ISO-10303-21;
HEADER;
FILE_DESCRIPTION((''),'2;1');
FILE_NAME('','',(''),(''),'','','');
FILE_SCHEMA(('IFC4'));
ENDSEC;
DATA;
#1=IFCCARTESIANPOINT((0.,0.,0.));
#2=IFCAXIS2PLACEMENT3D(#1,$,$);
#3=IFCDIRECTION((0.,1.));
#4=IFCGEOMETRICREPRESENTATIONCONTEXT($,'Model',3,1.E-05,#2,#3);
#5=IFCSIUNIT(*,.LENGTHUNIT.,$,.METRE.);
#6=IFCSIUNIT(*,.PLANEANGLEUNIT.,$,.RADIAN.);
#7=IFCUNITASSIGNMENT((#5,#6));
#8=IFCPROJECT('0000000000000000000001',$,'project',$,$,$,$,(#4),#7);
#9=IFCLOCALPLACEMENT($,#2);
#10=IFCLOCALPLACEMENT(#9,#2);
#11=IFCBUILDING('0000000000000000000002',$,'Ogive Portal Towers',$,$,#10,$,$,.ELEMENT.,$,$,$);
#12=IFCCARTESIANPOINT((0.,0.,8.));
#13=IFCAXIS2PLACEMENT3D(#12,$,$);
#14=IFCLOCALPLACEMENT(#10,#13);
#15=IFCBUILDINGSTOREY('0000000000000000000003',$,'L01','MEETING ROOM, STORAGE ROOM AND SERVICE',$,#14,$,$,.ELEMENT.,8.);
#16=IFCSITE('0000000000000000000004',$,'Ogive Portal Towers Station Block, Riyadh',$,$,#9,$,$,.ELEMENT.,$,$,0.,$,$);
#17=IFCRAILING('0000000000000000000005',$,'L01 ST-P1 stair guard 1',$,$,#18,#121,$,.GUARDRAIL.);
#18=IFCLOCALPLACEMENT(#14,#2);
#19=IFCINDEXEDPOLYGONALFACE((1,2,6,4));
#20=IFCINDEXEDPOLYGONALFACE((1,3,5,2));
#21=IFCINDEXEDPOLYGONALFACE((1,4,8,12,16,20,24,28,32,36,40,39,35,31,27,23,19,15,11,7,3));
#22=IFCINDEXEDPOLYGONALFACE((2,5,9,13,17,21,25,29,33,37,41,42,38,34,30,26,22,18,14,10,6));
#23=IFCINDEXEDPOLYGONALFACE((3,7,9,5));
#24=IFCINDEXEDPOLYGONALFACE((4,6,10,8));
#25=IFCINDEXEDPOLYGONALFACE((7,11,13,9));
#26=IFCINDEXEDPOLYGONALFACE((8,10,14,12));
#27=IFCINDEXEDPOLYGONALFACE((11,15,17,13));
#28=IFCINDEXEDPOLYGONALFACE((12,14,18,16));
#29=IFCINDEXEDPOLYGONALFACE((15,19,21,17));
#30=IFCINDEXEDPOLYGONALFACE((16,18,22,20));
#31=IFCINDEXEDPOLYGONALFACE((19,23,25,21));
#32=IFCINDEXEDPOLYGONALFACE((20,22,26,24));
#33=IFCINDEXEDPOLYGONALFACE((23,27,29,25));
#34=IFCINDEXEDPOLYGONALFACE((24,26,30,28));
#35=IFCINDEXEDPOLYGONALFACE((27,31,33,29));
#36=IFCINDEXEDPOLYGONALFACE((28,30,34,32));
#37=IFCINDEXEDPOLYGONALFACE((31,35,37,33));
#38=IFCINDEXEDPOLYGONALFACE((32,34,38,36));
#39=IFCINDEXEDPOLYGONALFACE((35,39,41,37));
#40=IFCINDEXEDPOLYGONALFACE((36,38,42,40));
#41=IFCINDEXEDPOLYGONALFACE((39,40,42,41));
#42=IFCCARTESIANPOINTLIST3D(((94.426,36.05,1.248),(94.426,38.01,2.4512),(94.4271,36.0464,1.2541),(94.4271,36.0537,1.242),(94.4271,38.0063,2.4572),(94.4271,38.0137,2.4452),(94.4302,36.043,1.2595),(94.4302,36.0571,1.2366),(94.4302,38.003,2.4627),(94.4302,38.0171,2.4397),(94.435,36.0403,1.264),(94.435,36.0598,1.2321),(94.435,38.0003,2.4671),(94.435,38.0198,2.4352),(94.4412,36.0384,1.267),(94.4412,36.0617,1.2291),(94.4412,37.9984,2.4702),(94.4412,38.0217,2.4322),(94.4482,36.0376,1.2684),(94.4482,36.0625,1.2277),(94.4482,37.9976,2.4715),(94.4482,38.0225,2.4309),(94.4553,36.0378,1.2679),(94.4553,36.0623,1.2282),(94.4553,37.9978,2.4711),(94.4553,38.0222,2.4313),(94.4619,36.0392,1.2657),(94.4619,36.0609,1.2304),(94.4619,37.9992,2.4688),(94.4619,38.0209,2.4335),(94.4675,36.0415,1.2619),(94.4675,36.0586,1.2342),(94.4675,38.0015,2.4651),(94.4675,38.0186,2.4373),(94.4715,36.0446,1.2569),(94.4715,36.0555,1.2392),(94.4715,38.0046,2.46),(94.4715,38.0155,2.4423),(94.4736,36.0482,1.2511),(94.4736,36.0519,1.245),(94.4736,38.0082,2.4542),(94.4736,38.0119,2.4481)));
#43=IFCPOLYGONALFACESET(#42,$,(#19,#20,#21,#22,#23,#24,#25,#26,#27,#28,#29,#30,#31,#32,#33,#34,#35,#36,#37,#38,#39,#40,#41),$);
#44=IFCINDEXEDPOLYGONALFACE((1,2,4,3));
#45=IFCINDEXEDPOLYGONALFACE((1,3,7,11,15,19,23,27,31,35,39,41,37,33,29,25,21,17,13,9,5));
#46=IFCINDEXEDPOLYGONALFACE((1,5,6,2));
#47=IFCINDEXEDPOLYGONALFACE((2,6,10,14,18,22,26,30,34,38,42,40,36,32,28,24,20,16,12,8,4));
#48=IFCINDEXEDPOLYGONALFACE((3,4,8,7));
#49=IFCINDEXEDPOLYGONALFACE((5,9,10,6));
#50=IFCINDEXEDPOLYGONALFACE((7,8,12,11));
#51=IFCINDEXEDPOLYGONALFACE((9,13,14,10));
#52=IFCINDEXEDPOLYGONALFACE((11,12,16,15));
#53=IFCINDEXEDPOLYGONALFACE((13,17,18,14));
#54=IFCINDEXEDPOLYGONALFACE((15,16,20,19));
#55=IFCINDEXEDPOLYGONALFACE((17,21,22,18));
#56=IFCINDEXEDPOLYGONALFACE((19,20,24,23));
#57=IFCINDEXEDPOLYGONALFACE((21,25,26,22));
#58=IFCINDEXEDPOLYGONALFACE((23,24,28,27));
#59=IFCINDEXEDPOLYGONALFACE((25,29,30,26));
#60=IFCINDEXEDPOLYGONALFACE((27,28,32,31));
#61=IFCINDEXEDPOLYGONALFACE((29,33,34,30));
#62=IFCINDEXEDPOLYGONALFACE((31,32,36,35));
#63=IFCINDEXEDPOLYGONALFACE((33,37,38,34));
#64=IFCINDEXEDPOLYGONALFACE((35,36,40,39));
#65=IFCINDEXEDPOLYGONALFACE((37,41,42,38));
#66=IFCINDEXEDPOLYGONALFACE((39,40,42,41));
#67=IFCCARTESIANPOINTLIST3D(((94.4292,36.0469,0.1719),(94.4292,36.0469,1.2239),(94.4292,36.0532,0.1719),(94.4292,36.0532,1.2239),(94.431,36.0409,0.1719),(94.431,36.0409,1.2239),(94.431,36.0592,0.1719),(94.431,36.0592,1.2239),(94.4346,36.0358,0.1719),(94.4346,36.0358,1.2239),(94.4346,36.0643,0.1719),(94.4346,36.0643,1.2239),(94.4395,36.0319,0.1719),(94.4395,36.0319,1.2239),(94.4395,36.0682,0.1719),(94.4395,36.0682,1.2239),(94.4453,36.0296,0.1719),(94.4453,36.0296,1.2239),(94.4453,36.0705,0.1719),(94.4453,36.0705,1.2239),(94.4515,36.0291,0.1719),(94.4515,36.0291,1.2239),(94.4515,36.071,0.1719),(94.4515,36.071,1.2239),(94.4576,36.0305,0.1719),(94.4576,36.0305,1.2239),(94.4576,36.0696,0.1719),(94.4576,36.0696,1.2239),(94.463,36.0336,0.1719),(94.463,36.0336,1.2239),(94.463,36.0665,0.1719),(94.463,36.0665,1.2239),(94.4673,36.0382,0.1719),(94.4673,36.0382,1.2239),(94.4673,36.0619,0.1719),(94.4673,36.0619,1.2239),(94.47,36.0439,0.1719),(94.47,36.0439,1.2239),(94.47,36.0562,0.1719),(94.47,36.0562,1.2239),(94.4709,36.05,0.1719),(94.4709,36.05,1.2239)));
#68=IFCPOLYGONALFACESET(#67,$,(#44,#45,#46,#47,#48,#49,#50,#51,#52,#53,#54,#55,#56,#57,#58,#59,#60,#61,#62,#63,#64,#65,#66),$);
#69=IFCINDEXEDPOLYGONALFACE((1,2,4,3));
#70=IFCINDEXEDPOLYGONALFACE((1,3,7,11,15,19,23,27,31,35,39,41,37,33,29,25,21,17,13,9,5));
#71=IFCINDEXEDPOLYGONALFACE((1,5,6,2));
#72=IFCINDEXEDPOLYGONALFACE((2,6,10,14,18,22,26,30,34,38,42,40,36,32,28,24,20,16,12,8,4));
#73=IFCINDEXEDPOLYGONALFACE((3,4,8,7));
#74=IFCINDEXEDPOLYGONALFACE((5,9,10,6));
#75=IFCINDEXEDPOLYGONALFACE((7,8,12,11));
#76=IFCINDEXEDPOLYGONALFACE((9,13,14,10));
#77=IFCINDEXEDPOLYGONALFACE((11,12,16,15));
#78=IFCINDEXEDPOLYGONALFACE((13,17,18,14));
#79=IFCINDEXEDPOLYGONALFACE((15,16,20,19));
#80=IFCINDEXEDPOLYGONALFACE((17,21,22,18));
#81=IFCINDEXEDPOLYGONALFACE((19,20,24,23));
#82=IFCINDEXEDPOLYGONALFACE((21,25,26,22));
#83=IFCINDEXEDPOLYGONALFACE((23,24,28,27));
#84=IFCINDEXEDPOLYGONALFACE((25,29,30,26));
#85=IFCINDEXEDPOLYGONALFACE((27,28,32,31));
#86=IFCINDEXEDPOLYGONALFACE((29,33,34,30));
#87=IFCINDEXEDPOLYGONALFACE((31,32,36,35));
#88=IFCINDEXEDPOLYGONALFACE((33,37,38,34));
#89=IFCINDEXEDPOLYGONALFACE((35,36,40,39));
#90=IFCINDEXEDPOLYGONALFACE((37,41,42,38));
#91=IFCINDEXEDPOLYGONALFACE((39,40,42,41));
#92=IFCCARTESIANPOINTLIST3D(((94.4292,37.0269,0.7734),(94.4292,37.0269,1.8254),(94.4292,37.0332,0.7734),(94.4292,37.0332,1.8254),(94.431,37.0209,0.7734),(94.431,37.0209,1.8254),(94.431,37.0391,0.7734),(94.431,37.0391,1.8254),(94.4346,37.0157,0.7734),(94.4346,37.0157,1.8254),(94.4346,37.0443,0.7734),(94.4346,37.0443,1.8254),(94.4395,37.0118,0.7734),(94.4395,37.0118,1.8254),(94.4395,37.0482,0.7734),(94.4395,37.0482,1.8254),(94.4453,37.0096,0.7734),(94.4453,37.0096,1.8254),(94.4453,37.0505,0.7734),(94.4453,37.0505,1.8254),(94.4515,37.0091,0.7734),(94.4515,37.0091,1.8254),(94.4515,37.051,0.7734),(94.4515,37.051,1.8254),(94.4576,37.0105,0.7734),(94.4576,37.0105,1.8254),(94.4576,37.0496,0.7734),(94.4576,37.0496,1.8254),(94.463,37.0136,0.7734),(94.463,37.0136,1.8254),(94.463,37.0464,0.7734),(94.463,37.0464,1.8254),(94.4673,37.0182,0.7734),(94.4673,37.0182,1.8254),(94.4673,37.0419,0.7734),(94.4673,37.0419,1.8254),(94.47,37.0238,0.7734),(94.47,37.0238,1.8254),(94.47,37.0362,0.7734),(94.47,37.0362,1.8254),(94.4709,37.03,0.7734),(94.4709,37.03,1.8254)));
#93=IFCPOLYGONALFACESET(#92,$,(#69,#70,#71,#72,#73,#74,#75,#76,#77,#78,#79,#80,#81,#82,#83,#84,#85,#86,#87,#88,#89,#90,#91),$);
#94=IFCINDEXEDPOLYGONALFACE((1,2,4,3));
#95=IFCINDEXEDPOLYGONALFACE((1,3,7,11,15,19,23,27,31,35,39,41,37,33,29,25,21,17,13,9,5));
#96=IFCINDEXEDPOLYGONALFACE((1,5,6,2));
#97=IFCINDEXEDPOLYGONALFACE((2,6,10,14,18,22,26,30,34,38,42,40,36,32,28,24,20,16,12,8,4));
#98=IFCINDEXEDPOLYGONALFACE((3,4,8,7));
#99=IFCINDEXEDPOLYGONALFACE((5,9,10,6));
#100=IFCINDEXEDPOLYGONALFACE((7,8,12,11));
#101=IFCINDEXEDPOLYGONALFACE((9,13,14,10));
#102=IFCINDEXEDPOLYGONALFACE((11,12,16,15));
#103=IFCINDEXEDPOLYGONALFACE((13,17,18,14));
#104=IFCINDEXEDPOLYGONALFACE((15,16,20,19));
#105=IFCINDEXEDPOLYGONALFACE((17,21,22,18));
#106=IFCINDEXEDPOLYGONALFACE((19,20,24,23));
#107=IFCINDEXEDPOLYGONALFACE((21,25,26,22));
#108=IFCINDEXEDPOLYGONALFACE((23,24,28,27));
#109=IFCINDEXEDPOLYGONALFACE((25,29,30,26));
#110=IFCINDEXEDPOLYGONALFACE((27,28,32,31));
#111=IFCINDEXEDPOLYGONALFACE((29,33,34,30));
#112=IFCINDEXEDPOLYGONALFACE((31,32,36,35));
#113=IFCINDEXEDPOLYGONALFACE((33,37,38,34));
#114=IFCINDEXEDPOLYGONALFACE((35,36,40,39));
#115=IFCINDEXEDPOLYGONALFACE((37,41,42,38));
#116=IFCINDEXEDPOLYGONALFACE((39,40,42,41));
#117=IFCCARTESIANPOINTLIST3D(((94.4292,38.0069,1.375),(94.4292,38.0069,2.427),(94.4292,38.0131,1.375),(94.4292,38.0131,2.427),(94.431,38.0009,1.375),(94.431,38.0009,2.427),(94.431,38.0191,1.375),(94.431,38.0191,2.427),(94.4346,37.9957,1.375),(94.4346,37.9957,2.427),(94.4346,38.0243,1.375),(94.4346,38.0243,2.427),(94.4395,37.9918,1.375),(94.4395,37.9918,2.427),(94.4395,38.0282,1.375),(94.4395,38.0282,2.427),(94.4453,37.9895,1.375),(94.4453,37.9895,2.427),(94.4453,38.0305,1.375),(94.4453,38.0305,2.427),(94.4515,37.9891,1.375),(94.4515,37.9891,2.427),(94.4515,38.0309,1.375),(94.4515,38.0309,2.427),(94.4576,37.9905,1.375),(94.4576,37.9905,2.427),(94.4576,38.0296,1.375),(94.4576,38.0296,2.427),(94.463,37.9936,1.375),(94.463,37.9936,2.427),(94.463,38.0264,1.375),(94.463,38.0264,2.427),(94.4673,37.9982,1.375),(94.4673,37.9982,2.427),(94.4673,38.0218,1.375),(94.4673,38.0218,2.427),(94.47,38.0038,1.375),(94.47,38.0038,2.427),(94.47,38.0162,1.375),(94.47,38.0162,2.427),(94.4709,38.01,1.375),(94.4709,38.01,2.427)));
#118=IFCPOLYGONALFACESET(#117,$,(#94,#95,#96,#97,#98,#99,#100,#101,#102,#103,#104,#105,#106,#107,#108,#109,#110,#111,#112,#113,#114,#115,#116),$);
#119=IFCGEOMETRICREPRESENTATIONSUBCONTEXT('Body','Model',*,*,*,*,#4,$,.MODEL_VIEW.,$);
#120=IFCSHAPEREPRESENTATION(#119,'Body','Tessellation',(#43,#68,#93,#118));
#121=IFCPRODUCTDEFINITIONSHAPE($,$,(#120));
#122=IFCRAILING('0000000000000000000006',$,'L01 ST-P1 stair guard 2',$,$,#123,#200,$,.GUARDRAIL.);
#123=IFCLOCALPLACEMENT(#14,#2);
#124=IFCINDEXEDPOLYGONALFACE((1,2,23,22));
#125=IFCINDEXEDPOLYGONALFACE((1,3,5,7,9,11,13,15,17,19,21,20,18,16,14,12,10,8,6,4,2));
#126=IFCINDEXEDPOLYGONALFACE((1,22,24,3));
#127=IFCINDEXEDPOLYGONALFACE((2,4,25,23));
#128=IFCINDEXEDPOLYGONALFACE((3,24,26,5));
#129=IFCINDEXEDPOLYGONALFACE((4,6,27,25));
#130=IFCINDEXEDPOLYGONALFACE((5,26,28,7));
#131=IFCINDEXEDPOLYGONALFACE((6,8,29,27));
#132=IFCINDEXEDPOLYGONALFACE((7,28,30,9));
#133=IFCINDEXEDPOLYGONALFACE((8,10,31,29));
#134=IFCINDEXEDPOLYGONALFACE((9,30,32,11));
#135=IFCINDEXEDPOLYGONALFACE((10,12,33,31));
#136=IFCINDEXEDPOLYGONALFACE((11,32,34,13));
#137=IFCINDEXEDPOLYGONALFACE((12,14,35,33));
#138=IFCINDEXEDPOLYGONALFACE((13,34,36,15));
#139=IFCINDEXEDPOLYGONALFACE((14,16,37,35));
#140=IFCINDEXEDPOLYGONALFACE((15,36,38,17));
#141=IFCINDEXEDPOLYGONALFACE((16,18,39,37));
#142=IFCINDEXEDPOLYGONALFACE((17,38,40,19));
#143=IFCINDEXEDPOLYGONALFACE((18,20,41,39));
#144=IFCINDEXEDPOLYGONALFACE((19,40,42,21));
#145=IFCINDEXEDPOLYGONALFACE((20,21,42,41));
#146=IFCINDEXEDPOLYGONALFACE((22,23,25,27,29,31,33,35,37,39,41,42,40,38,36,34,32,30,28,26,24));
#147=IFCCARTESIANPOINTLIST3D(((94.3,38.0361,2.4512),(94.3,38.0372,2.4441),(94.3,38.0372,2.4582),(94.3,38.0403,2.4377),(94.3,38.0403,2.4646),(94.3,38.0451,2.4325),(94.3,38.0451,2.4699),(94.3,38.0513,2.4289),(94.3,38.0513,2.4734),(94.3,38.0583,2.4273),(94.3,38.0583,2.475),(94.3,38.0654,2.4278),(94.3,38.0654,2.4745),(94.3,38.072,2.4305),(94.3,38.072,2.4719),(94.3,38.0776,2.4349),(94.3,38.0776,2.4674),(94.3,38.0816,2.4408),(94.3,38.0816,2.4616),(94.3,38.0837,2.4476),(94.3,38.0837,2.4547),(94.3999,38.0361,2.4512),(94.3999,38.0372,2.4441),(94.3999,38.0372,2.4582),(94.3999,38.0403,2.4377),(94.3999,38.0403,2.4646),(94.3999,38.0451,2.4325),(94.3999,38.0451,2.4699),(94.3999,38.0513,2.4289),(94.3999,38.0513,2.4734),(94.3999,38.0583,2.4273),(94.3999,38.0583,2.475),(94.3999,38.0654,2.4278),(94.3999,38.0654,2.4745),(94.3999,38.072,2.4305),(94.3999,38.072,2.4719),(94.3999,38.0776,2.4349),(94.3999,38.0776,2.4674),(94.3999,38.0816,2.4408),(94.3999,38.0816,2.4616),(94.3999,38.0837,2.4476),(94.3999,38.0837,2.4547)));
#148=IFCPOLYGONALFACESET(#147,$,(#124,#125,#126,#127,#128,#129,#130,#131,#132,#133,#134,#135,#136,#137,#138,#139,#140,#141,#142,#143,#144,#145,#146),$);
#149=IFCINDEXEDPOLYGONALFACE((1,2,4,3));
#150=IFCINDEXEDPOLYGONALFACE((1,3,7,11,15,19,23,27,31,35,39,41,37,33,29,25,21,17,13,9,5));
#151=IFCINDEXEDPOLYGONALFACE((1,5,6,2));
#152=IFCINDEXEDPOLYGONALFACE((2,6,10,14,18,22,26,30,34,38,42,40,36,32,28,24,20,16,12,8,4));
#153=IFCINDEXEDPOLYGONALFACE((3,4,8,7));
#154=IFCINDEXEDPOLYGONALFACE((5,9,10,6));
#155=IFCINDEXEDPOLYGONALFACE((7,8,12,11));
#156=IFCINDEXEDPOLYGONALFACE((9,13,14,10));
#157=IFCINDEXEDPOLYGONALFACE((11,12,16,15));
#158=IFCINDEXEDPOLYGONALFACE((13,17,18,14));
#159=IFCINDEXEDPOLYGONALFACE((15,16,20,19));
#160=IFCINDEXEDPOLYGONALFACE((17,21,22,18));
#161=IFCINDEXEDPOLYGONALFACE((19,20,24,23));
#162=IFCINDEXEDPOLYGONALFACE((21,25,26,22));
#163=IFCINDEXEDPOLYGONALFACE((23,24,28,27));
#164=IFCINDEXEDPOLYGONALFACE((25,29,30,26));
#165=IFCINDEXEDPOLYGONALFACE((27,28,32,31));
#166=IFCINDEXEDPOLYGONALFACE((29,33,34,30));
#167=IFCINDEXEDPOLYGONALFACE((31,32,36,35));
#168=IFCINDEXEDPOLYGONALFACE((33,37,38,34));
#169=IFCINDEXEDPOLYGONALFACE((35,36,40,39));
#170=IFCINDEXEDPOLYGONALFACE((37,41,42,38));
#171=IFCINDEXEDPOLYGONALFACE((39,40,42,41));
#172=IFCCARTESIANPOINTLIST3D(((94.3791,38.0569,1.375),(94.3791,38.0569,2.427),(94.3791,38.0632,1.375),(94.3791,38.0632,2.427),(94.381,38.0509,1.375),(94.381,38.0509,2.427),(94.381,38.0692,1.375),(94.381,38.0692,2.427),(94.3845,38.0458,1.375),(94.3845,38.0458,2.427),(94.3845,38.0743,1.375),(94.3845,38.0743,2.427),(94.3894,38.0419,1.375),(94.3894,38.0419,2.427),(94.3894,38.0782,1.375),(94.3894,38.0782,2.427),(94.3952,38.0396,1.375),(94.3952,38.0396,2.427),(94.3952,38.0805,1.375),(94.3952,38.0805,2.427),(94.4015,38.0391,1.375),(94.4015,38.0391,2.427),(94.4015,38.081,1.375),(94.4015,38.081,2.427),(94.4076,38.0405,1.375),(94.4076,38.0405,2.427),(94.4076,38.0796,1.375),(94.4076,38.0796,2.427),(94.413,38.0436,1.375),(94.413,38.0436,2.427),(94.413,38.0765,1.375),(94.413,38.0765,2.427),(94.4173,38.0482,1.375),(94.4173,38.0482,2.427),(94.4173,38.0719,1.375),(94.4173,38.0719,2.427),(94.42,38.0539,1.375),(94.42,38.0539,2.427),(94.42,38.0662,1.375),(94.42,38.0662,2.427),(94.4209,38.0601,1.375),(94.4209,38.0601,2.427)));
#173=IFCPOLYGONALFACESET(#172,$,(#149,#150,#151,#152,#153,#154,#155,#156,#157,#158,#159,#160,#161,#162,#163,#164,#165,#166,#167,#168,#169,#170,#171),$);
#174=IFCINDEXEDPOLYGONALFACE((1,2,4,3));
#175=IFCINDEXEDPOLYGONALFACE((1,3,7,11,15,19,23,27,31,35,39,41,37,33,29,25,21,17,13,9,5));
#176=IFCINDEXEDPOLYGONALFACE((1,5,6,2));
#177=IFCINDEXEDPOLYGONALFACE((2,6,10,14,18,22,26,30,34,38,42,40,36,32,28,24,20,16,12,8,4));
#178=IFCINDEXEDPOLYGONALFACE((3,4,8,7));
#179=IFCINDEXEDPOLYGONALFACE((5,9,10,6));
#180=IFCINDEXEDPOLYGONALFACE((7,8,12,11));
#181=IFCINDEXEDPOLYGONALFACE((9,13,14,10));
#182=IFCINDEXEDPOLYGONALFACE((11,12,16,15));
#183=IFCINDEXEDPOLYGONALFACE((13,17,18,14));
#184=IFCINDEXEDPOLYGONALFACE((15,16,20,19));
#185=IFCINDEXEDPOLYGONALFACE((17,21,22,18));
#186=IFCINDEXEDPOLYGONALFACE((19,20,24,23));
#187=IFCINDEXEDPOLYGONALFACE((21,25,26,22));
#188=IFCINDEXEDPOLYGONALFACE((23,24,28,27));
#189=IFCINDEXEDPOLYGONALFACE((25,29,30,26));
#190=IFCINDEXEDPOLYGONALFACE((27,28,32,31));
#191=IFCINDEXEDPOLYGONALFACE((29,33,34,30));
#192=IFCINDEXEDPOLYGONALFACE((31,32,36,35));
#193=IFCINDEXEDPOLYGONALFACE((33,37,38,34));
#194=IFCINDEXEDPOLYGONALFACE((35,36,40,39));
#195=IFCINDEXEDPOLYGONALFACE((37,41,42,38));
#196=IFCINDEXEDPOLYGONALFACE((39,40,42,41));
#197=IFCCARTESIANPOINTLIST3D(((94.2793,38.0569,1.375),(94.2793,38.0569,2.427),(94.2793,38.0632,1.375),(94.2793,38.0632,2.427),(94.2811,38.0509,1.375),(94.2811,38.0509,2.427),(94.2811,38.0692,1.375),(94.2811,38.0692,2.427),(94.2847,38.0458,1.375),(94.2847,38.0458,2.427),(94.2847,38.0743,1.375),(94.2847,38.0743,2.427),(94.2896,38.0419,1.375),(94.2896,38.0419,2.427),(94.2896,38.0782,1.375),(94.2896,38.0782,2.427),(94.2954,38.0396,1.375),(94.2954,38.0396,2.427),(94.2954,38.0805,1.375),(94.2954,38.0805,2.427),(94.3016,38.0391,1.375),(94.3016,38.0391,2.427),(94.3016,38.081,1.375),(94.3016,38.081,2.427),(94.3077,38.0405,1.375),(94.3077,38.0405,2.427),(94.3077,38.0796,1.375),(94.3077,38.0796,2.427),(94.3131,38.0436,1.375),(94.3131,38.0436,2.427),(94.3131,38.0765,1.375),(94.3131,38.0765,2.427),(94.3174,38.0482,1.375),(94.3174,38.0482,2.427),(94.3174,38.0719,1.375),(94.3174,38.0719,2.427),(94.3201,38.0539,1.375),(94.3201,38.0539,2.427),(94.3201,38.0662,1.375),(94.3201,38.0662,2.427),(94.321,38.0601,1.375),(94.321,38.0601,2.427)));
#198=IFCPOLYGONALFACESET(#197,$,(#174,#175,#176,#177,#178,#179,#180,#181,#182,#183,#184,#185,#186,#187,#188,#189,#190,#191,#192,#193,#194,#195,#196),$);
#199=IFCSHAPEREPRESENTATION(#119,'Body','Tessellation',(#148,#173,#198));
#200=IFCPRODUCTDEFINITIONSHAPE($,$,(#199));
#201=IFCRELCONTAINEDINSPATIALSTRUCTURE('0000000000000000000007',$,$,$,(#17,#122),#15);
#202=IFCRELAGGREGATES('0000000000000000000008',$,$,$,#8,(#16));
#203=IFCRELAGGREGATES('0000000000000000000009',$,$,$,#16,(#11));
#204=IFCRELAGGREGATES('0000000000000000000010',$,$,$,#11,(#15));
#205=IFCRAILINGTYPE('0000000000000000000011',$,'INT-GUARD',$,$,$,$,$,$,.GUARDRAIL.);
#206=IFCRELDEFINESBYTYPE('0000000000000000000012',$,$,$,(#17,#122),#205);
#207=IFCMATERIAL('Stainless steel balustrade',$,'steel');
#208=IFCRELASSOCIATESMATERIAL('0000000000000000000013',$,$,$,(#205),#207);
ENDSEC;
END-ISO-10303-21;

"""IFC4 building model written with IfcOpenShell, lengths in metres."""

from ifc_helpers import new_model, si_unit, direction, frame, origin, origin_2d, place, context, subcontext, project, spatial, circle, extrude, material, type_object, element, save


model = new_model("IFC4")

# Units and contexts
model_context = context("Model", 3, precision=1e-05, world=origin(), true_north=direction((0.0, 1.0)))
body_context = subcontext(model_context, "Body", "Model", "MODEL_VIEW")
ifc_project = project(units=[si_unit("LENGTHUNIT", "METRE"), si_unit("PLANEANGLEUNIT", "RADIAN")], contexts=[model_context])

# Site, building, storey
site_placement = place(None, origin())
site = spatial("IfcSite", under=ifc_project, at=site_placement, Name="Ogive Portal Towers Station Block, Riyadh", CompositionType="ELEMENT", RefElevation=0.0)
building_placement = place(site_placement, origin())
building = spatial("IfcBuilding", under=site, at=building_placement, Name="Ogive Portal Towers", CompositionType="ELEMENT")
storey_placement = place(building_placement, frame((0.0, 0.0, 8.0)))
storey = spatial("IfcBuildingStorey", under=building, at=storey_placement, Name="L01", Description="MEETING ROOM, STORAGE ROOM AND SERVICE", CompositionType="ELEMENT", Elevation=8.0)

# Railings
ifc_material_1 = material(Name="Stainless steel balustrade", Category="steel")
railing_type_1 = type_object("IfcRailingType", Name="INT-GUARD", PredefinedType="GUARDRAIL", material=ifc_material_1)
railing_1_placement = place(storey_placement, frame((94.45, 36.05, 0.1719)))
element("IfcRailing", 1, at=railing_1_placement, inside=storey, type_object=railing_type_1, Name="L01 ST-P1 stair guard 1", PredefinedType="GUARDRAIL", context=body_context, shape_type="SweptSolid", body=[
    extrude(circle(Radius=0.0239, at=origin_2d()), frame((0.0, 0.0, 1.0762), z_axis=(0.0, 0.852241, 0.523149), x_axis=(-1.0, 0.0, 0.0)), (0.0, 0.0, 1.0), 2.2998),
    extrude(circle(Radius=0.021, at=origin_2d()), origin(), (0.0, 0.0, 1.0), 1.052),
    extrude(circle(Radius=0.021, at=origin_2d()), frame((0.0, 0.98, 0.6016)), (0.0, 0.0, 1.0), 1.052),
    extrude(circle(Radius=0.021, at=origin_2d()), frame((0.0, 1.96, 1.2031)), (0.0, 0.0, 1.0), 1.052),
])
railing_2_placement = place(storey_placement, frame((94.3999, 38.0601, 1.375)))
element("IfcRailing", 2, at=railing_2_placement, inside=storey, type_object=railing_type_1, Name="L01 ST-P1 stair guard 2", PredefinedType="GUARDRAIL", context=body_context, shape_type="SweptSolid", body=[
    extrude(circle(Radius=0.0239, at=origin_2d()), frame((0.0, 0.0, 1.0762), z_axis=(-1.0, 0.0, 0.0), x_axis=(0.0, -1.0, 0.0)), (0.0, 0.0, 1.0), 0.0999),
    extrude(circle(Radius=0.021, at=origin_2d()), origin(), (0.0, 0.0, 1.0), 1.052),
    extrude(circle(Radius=0.021, at=origin_2d()), frame((-0.0999, 0.0, 0.0)), (0.0, 0.0, 1.0), 1.052),
])

save(model, "model.ifc")
